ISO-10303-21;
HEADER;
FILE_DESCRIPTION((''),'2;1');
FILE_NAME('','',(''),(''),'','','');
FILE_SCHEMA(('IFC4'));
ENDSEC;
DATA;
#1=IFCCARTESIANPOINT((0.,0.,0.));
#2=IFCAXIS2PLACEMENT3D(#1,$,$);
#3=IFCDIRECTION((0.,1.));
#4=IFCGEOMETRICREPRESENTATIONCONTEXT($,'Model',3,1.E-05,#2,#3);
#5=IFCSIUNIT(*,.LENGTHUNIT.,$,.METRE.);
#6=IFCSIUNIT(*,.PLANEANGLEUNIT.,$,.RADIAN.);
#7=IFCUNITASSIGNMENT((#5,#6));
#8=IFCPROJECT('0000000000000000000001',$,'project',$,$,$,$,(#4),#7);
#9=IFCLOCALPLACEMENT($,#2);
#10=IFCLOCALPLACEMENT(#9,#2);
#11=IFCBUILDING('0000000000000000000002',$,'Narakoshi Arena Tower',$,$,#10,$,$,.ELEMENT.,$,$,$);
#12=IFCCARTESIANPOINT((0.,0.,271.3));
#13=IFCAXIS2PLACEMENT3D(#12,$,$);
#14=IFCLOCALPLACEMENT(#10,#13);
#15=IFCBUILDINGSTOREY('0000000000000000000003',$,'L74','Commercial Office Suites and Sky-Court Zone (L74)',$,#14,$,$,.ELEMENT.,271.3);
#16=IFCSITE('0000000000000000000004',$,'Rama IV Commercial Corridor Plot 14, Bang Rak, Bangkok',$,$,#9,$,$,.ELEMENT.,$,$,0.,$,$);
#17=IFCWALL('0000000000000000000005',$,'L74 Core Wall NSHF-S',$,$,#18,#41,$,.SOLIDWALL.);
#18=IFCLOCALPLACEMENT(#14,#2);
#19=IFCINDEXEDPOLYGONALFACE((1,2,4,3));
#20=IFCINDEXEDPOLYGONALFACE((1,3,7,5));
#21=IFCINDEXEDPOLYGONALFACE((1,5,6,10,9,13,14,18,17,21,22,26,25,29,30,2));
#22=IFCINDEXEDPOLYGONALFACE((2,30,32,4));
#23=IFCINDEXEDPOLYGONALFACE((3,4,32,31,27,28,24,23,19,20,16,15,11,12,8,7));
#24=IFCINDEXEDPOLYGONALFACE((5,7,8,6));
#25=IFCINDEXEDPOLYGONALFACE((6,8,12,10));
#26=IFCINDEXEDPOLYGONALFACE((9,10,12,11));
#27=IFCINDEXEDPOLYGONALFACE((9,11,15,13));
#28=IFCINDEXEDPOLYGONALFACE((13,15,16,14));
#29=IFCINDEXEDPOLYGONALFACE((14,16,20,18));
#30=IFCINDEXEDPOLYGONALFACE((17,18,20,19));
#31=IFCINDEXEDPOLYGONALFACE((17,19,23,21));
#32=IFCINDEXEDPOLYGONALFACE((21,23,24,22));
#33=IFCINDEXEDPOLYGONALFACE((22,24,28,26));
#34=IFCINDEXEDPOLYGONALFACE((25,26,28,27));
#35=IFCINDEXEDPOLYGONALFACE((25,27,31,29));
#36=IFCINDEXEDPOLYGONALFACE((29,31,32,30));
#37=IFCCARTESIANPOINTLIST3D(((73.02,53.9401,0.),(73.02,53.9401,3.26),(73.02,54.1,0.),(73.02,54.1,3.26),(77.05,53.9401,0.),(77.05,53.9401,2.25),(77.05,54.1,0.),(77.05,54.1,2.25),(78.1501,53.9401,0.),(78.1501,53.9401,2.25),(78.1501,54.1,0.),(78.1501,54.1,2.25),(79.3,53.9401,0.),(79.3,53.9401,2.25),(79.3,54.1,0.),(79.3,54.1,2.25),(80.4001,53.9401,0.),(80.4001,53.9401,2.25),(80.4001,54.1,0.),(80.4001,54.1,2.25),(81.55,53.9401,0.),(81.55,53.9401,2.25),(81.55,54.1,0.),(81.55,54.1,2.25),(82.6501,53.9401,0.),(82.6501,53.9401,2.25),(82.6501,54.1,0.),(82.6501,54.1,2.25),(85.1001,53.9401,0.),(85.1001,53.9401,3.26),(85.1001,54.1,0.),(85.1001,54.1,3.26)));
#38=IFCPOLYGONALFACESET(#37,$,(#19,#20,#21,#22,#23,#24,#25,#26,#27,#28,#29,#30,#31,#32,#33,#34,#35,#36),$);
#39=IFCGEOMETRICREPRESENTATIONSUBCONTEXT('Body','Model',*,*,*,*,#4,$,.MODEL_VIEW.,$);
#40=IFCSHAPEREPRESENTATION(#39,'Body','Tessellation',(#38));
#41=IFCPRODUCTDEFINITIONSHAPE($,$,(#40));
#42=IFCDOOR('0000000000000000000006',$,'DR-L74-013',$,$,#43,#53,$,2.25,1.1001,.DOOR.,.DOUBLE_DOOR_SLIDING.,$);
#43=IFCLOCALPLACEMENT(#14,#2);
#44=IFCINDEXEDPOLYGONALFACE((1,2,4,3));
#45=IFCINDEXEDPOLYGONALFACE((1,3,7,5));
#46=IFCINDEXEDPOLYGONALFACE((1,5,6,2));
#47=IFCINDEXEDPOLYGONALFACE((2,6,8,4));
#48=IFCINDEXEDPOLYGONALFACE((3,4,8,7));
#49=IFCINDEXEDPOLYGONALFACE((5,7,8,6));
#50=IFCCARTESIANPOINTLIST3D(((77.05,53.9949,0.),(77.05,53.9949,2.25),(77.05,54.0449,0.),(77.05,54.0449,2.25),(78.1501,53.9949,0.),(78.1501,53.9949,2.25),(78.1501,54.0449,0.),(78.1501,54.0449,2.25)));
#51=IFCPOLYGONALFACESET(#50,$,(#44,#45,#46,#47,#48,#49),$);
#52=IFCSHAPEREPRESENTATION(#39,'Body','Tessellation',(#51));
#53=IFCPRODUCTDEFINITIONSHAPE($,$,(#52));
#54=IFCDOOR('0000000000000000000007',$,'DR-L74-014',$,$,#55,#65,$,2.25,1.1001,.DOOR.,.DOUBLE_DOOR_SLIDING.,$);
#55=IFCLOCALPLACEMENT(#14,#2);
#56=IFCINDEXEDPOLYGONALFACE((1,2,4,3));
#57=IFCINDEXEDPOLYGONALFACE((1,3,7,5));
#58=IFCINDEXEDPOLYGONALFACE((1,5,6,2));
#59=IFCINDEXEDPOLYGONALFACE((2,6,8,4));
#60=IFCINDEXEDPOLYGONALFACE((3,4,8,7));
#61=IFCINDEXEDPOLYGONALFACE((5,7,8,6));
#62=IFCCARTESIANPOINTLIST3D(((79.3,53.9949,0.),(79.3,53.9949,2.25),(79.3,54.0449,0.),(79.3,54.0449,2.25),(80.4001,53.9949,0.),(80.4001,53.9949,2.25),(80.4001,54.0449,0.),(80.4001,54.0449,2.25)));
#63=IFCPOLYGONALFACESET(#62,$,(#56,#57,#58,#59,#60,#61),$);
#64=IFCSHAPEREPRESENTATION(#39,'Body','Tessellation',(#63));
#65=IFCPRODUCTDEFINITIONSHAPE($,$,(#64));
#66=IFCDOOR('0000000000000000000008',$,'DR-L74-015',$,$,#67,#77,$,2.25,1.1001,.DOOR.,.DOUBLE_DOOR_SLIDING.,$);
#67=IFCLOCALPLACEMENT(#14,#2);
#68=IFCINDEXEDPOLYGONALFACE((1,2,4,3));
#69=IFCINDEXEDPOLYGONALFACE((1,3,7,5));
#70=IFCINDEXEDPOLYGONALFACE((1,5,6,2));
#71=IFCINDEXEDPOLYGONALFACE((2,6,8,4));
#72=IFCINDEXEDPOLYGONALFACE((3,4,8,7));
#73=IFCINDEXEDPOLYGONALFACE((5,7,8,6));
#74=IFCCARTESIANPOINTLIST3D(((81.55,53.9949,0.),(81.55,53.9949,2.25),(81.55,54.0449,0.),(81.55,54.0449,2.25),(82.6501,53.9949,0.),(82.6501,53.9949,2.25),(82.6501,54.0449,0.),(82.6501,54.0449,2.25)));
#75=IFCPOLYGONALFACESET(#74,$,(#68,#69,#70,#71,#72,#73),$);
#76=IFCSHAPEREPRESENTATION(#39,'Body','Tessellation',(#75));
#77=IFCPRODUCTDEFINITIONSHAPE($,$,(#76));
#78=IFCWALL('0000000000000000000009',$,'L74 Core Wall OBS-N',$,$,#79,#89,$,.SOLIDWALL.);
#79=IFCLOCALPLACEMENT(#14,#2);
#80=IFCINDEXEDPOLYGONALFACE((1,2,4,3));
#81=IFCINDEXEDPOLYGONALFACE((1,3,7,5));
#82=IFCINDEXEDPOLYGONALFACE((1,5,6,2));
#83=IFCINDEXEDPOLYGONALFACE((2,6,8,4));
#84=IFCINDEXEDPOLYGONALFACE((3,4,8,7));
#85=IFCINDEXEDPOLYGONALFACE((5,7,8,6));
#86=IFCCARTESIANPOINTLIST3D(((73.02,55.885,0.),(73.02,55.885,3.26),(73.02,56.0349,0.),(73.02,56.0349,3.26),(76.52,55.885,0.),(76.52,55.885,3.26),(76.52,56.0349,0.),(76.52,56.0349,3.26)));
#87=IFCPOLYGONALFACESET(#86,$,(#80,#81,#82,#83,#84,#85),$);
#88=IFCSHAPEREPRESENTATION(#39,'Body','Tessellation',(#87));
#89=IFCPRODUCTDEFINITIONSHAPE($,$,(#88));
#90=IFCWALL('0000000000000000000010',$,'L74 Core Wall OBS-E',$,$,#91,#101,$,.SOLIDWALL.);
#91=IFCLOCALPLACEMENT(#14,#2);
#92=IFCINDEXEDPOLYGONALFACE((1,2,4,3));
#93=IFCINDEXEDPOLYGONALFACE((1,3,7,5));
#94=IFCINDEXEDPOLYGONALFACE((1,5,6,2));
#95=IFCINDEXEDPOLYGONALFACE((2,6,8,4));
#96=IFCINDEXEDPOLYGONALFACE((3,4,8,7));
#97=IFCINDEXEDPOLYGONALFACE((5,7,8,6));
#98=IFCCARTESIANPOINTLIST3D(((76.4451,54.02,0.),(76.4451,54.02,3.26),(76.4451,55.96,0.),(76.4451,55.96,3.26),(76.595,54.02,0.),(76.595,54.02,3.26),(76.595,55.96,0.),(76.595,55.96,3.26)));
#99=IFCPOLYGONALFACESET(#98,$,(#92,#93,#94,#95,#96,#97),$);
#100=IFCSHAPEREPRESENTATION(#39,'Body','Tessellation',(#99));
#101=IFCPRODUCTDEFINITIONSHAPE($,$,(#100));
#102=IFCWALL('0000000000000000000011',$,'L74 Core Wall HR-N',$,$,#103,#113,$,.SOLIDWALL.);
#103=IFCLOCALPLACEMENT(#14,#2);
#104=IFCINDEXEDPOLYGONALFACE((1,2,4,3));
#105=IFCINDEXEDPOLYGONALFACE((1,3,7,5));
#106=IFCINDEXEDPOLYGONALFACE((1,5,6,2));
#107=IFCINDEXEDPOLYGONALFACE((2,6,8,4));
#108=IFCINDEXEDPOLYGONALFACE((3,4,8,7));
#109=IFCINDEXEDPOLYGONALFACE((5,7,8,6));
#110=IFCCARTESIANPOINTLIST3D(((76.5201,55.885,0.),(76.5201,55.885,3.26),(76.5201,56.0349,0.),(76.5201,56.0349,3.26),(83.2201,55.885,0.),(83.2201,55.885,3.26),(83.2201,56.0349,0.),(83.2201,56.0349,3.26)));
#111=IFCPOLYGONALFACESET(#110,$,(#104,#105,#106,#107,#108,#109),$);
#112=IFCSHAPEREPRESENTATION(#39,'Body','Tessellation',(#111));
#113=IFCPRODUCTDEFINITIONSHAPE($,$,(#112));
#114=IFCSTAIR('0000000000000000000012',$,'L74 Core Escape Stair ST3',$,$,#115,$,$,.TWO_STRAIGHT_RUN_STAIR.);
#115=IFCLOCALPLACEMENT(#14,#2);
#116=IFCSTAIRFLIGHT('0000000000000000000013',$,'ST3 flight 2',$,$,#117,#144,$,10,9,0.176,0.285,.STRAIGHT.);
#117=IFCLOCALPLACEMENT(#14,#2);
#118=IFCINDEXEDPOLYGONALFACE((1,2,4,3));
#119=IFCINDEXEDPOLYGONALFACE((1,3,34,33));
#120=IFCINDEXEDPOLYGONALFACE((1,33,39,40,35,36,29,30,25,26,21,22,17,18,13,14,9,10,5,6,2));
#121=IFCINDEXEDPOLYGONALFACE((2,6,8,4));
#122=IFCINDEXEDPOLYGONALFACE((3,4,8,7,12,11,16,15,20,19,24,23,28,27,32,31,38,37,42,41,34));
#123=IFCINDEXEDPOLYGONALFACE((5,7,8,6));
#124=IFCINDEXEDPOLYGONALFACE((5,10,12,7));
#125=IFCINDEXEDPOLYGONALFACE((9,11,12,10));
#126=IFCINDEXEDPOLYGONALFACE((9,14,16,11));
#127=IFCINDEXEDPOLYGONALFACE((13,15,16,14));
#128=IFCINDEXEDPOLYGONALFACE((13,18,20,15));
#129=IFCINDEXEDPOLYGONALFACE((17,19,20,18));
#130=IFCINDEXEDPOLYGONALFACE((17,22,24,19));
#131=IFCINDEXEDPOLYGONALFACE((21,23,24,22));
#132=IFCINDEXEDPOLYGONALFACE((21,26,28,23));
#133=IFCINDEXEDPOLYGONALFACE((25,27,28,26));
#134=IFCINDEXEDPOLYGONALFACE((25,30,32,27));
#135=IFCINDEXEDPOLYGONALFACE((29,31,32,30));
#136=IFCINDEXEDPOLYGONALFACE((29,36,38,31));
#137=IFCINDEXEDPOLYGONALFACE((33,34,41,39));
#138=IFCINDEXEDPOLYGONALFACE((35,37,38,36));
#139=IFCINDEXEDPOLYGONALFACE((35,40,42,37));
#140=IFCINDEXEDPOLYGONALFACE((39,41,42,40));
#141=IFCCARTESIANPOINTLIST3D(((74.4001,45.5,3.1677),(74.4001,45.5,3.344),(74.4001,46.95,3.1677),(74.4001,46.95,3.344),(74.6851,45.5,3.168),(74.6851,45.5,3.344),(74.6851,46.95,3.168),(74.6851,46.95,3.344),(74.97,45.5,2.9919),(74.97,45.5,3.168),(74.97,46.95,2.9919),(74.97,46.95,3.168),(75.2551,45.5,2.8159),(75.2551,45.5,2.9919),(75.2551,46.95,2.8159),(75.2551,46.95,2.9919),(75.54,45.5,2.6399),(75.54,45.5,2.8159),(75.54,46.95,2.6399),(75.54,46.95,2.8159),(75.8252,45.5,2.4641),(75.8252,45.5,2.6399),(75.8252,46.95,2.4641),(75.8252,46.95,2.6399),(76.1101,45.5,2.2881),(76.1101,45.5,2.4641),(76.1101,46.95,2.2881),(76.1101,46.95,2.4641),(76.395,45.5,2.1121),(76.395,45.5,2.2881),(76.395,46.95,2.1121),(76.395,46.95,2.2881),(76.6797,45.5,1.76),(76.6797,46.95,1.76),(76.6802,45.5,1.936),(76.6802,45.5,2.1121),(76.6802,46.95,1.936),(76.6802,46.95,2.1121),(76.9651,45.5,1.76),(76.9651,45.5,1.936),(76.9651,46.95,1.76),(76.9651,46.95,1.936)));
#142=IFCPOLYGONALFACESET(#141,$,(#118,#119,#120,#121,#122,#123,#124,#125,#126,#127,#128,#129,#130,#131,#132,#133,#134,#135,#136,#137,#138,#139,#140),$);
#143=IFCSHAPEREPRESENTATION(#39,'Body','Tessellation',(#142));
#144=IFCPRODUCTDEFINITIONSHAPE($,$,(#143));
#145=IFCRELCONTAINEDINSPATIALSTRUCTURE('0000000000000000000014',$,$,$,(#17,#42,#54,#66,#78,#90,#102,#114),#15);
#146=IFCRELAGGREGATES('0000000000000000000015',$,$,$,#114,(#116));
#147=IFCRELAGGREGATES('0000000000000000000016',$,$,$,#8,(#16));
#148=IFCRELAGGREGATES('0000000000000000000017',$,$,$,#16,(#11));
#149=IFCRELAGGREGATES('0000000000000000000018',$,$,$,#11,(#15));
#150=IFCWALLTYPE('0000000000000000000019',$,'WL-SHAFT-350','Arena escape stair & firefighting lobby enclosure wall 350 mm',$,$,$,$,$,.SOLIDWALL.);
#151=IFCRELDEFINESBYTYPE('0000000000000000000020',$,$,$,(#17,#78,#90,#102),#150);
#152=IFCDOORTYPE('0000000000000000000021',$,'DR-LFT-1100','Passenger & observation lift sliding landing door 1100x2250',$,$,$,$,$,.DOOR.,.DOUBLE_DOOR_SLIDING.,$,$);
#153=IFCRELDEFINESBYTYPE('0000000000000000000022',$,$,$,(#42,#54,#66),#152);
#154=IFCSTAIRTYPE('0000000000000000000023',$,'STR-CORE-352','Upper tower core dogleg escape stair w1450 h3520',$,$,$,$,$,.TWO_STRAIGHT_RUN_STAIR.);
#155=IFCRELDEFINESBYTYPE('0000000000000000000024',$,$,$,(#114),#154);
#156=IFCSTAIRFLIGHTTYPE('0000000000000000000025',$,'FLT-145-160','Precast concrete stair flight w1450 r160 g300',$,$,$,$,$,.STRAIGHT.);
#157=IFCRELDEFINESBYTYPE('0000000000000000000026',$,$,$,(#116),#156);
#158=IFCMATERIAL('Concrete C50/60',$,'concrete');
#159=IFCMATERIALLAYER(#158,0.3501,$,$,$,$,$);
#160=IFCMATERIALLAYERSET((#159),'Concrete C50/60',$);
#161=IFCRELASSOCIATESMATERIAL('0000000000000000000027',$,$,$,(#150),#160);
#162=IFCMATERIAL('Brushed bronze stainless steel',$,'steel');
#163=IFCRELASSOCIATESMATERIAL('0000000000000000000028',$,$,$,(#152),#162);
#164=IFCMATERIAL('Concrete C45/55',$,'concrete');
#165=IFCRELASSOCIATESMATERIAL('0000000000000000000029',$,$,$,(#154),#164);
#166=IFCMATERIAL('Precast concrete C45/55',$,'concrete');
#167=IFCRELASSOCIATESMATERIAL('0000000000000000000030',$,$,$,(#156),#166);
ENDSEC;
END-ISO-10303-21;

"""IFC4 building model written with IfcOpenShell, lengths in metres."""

from ifc_helpers import new_model, si_unit, direction, frame, frame_2d, origin, place, context, subcontext, project, spatial, polyline, rectangle, outline, extrude, material, layer, layer_set, type_object, element, fill, aggregate, save


model = new_model("IFC4")

# Units and contexts
model_context = context("Model", 3, precision=1e-05, world=origin(), true_north=direction((0.0, 1.0)))
body_context = subcontext(model_context, "Body", "Model", "MODEL_VIEW")
ifc_project = project(units=[si_unit("LENGTHUNIT", "METRE"), si_unit("PLANEANGLEUNIT", "RADIAN")], contexts=[model_context])

# Site, building, storey
site_placement = place(None, origin())
site = spatial("IfcSite", under=ifc_project, at=site_placement, Name="Rama IV Commercial Corridor Plot 14, Bang Rak, Bangkok", CompositionType="ELEMENT", RefElevation=0.0)
building_placement = place(site_placement, origin())
building = spatial("IfcBuilding", under=site, at=building_placement, Name="Narakoshi Arena Tower", CompositionType="ELEMENT")
storey_placement = place(building_placement, frame((0.0, 0.0, 271.3)))
storey = spatial("IfcBuildingStorey", under=building, at=storey_placement, Name="L74", Description="Commercial Office Suites and Sky-Court Zone (L74)", CompositionType="ELEMENT", Elevation=271.3)

# Shared definitions
ifc_material_1 = material(Name="Concrete C50/60", Category="concrete")
ifc_layer_1 = layer(ifc_material_1, 0.3501)
ifc_layer_set_1 = layer_set([ifc_layer_1], Name="Concrete C50/60")
wall_type_1 = type_object("IfcWallType", Name="WL-SHAFT-350", Description="Arena escape stair & firefighting lobby enclosure wall 350 mm", PredefinedType="SOLIDWALL", material=ifc_layer_set_1)

# Wall, openings, doors
wall_1_placement = place(storey_placement, frame((73.02, 54.02, 0.0), z_axis=(0.0, 0.0, 1.0), x_axis=(1.0, 0.0, 0.0)))
wall_1 = element("IfcWall", 1, at=wall_1_placement, inside=storey, type_object=wall_type_1, Name="L74 Core Wall NSHF-S", PredefinedType="SOLIDWALL", context=body_context, shape_type="SweptSolid", body=[
    extrude(rectangle(XDim=12.0801, YDim=0.1599, at=frame_2d((6.04, 0.0))), origin(), (0.0, 0.0, 1.0), 3.26),
])
opening_1_placement = place(wall_1_placement, frame((4.03, 0.0, 0.0)))
opening_1 = element("IfcOpeningElement", 2, at=opening_1_placement, cuts=wall_1, PredefinedType="OPENING", context=body_context, shape_type="SweptSolid", body=[
    extrude(rectangle(XDim=1.1001, YDim=2.25, at=frame_2d((0.55, 1.125))), frame((0.0, 0.0898, 0.0), z_axis=(0.0, -1.0, 0.0), x_axis=(1.0, 0.0, 0.0)), (0.0, 0.0, 1.0), 0.1799),
])
opening_2_placement = place(wall_1_placement, frame((6.28, 0.0, 0.0)))
opening_2 = element("IfcOpeningElement", 3, at=opening_2_placement, cuts=wall_1, PredefinedType="OPENING", context=body_context, shape_type="SweptSolid", body=[
    extrude(rectangle(XDim=1.1001, YDim=2.25, at=frame_2d((0.55, 1.125))), frame((0.0, 0.0898, 0.0), z_axis=(0.0, -1.0, 0.0), x_axis=(1.0, 0.0, 0.0)), (0.0, 0.0, 1.0), 0.1799),
])
opening_3_placement = place(wall_1_placement, frame((8.53, 0.0, 0.0)))
opening_3 = element("IfcOpeningElement", 4, at=opening_3_placement, cuts=wall_1, PredefinedType="OPENING", context=body_context, shape_type="SweptSolid", body=[
    extrude(rectangle(XDim=1.1001, YDim=2.25, at=frame_2d((0.55, 1.125))), frame((0.0, 0.0898, 0.0), z_axis=(0.0, -1.0, 0.0), x_axis=(1.0, 0.0, 0.0)), (0.0, 0.0, 1.0), 0.1799),
])
ifc_material_2 = material(Name="Brushed bronze stainless steel", Category="steel")
door_type_1 = type_object("IfcDoorType", Name="DR-LFT-1100", Description="Passenger & observation lift sliding landing door 1100x2250", OperationType="DOUBLE_DOOR_SLIDING", PredefinedType="DOOR", material=ifc_material_2)
door_1_placement = place(opening_1_placement, origin())
door_1 = element("IfcDoor", 5, at=door_1_placement, inside=storey, type_object=door_type_1, Name="DR-L74-013", OperationType="DOUBLE_DOOR_SLIDING", OverallHeight=2.25, OverallWidth=1.1001, PredefinedType="DOOR", context=body_context, shape_type="SweptSolid", body=[
    extrude(rectangle(XDim=1.1001, YDim=2.25, at=frame_2d((0.55, 1.125))), frame((0.0, 0.0249, 0.0), z_axis=(0.0, -1.0, 0.0), x_axis=(1.0, 0.0, 0.0)), (0.0, 0.0, 1.0), 0.05),
])
fill(opening_1, door_1)
door_2_placement = place(opening_2_placement, origin())
door_2 = element("IfcDoor", 6, at=door_2_placement, inside=storey, type_object=door_type_1, Name="DR-L74-014", OperationType="DOUBLE_DOOR_SLIDING", OverallHeight=2.25, OverallWidth=1.1001, PredefinedType="DOOR", context=body_context, shape_type="SweptSolid", body=[
    extrude(rectangle(XDim=1.1001, YDim=2.25, at=frame_2d((0.55, 1.125))), frame((0.0, 0.0249, 0.0), z_axis=(0.0, -1.0, 0.0), x_axis=(1.0, 0.0, 0.0)), (0.0, 0.0, 1.0), 0.05),
])
fill(opening_2, door_2)
door_3_placement = place(opening_3_placement, origin())
door_3 = element("IfcDoor", 7, at=door_3_placement, inside=storey, type_object=door_type_1, Name="DR-L74-015", OperationType="DOUBLE_DOOR_SLIDING", OverallHeight=2.25, OverallWidth=1.1001, PredefinedType="DOOR", context=body_context, shape_type="SweptSolid", body=[
    extrude(rectangle(XDim=1.1001, YDim=2.25, at=frame_2d((0.55, 1.125))), frame((0.0, 0.0249, 0.0), z_axis=(0.0, -1.0, 0.0), x_axis=(1.0, 0.0, 0.0)), (0.0, 0.0, 1.0), 0.05),
])
fill(opening_3, door_3)

# Walls
wall_2_placement = place(storey_placement, frame((73.02, 55.96, 0.0), z_axis=(0.0, 0.0, 1.0), x_axis=(1.0, 0.0, 0.0)))
element("IfcWall", 8, at=wall_2_placement, inside=storey, type_object=wall_type_1, Name="L74 Core Wall OBS-N", PredefinedType="SOLIDWALL", context=body_context, shape_type="SweptSolid", body=[
    extrude(rectangle(XDim=3.5, YDim=0.1499, at=frame_2d((1.75, 0.0))), origin(), (0.0, 0.0, 1.0), 3.26),
])
wall_3_placement = place(storey_placement, frame((76.52, 54.02, 0.0), z_axis=(0.0, 0.0, 1.0), x_axis=(0.0, 1.0, 0.0)))
element("IfcWall", 9, at=wall_3_placement, inside=storey, type_object=wall_type_1, Name="L74 Core Wall OBS-E", PredefinedType="SOLIDWALL", context=body_context, shape_type="SweptSolid", body=[
    extrude(rectangle(XDim=1.9399, YDim=0.1499, at=frame_2d((0.97, 0.0))), origin(), (0.0, 0.0, 1.0), 3.26),
])
wall_4_placement = place(storey_placement, frame((76.52, 55.96, 0.0), z_axis=(0.0, 0.0, 1.0), x_axis=(1.0, 0.0, 0.0)))
element("IfcWall", 10, at=wall_4_placement, inside=storey, type_object=wall_type_1, Name="L74 Core Wall HR-N", PredefinedType="SOLIDWALL", context=body_context, shape_type="SweptSolid", body=[
    extrude(rectangle(XDim=6.7, YDim=0.1499, at=frame_2d((3.3501, 0.0))), origin(), (0.0, 0.0, 1.0), 3.26),
])

# Stair, stair flight
ifc_material_3 = material(Name="Concrete C45/55", Category="concrete")
stair_type = type_object("IfcStairType", Name="STR-CORE-352", Description="Upper tower core dogleg escape stair w1450 h3520", PredefinedType="TWO_STRAIGHT_RUN_STAIR", material=ifc_material_3)
stair_placement = place(storey_placement, origin())
stair = element("IfcStair", 11, at=stair_placement, inside=storey, type_object=stair_type, Name="L74 Core Escape Stair ST3", PredefinedType="TWO_STRAIGHT_RUN_STAIR")
ifc_material_4 = material(Name="Precast concrete C45/55", Category="concrete")
stair_flight_type = type_object("IfcStairFlightType", Name="FLT-145-160", Description="Precast concrete stair flight w1450 r160 g300", PredefinedType="STRAIGHT", material=ifc_material_4)
stair_flight_placement = place(storey_placement, frame((76.9651, 46.2251, 1.76), z_axis=(0.0, 0.0, 1.0), x_axis=(-1.0, 0.0, 0.0)))
stair_flight = element("IfcStairFlight", 12, at=stair_flight_placement, type_object=stair_flight_type, Name="ST3 flight 2", NumberOfRisers=10, NumberOfTreads=9, PredefinedType="STRAIGHT", RiserHeight=0.176, TreadLength=0.285, context=body_context, shape_type="SweptSolid", body=[
    extrude(outline(polyline([(0.0, 0.0), (0.0, 0.176), (0.2849, 0.176), (0.2849, 0.3521), (0.5701, 0.3521), (0.5701, 0.5281), (0.855, 0.5281), (0.855, 0.7041), (1.1399, 0.7041), (1.1399, 0.8799), (1.425, 0.8799), (1.425, 1.0559), (1.71, 1.0559), (1.71, 1.2319), (1.9951, 1.2319), (1.9951, 1.408), (2.28, 1.408), (2.28, 1.584), (2.5649, 1.584), (2.5649, 1.76), (2.5649, 1.4077), (0.2854, 0.0), (0.0, 0.0)])), frame((0.0, 0.7251, 0.0), z_axis=(0.0, -1.0, 0.0), x_axis=(1.0, 0.0, 0.0)), (0.0, 0.0, 1.0), 1.45),
])
aggregate(stair, [stair_flight])

save(model, "model.ifc")
